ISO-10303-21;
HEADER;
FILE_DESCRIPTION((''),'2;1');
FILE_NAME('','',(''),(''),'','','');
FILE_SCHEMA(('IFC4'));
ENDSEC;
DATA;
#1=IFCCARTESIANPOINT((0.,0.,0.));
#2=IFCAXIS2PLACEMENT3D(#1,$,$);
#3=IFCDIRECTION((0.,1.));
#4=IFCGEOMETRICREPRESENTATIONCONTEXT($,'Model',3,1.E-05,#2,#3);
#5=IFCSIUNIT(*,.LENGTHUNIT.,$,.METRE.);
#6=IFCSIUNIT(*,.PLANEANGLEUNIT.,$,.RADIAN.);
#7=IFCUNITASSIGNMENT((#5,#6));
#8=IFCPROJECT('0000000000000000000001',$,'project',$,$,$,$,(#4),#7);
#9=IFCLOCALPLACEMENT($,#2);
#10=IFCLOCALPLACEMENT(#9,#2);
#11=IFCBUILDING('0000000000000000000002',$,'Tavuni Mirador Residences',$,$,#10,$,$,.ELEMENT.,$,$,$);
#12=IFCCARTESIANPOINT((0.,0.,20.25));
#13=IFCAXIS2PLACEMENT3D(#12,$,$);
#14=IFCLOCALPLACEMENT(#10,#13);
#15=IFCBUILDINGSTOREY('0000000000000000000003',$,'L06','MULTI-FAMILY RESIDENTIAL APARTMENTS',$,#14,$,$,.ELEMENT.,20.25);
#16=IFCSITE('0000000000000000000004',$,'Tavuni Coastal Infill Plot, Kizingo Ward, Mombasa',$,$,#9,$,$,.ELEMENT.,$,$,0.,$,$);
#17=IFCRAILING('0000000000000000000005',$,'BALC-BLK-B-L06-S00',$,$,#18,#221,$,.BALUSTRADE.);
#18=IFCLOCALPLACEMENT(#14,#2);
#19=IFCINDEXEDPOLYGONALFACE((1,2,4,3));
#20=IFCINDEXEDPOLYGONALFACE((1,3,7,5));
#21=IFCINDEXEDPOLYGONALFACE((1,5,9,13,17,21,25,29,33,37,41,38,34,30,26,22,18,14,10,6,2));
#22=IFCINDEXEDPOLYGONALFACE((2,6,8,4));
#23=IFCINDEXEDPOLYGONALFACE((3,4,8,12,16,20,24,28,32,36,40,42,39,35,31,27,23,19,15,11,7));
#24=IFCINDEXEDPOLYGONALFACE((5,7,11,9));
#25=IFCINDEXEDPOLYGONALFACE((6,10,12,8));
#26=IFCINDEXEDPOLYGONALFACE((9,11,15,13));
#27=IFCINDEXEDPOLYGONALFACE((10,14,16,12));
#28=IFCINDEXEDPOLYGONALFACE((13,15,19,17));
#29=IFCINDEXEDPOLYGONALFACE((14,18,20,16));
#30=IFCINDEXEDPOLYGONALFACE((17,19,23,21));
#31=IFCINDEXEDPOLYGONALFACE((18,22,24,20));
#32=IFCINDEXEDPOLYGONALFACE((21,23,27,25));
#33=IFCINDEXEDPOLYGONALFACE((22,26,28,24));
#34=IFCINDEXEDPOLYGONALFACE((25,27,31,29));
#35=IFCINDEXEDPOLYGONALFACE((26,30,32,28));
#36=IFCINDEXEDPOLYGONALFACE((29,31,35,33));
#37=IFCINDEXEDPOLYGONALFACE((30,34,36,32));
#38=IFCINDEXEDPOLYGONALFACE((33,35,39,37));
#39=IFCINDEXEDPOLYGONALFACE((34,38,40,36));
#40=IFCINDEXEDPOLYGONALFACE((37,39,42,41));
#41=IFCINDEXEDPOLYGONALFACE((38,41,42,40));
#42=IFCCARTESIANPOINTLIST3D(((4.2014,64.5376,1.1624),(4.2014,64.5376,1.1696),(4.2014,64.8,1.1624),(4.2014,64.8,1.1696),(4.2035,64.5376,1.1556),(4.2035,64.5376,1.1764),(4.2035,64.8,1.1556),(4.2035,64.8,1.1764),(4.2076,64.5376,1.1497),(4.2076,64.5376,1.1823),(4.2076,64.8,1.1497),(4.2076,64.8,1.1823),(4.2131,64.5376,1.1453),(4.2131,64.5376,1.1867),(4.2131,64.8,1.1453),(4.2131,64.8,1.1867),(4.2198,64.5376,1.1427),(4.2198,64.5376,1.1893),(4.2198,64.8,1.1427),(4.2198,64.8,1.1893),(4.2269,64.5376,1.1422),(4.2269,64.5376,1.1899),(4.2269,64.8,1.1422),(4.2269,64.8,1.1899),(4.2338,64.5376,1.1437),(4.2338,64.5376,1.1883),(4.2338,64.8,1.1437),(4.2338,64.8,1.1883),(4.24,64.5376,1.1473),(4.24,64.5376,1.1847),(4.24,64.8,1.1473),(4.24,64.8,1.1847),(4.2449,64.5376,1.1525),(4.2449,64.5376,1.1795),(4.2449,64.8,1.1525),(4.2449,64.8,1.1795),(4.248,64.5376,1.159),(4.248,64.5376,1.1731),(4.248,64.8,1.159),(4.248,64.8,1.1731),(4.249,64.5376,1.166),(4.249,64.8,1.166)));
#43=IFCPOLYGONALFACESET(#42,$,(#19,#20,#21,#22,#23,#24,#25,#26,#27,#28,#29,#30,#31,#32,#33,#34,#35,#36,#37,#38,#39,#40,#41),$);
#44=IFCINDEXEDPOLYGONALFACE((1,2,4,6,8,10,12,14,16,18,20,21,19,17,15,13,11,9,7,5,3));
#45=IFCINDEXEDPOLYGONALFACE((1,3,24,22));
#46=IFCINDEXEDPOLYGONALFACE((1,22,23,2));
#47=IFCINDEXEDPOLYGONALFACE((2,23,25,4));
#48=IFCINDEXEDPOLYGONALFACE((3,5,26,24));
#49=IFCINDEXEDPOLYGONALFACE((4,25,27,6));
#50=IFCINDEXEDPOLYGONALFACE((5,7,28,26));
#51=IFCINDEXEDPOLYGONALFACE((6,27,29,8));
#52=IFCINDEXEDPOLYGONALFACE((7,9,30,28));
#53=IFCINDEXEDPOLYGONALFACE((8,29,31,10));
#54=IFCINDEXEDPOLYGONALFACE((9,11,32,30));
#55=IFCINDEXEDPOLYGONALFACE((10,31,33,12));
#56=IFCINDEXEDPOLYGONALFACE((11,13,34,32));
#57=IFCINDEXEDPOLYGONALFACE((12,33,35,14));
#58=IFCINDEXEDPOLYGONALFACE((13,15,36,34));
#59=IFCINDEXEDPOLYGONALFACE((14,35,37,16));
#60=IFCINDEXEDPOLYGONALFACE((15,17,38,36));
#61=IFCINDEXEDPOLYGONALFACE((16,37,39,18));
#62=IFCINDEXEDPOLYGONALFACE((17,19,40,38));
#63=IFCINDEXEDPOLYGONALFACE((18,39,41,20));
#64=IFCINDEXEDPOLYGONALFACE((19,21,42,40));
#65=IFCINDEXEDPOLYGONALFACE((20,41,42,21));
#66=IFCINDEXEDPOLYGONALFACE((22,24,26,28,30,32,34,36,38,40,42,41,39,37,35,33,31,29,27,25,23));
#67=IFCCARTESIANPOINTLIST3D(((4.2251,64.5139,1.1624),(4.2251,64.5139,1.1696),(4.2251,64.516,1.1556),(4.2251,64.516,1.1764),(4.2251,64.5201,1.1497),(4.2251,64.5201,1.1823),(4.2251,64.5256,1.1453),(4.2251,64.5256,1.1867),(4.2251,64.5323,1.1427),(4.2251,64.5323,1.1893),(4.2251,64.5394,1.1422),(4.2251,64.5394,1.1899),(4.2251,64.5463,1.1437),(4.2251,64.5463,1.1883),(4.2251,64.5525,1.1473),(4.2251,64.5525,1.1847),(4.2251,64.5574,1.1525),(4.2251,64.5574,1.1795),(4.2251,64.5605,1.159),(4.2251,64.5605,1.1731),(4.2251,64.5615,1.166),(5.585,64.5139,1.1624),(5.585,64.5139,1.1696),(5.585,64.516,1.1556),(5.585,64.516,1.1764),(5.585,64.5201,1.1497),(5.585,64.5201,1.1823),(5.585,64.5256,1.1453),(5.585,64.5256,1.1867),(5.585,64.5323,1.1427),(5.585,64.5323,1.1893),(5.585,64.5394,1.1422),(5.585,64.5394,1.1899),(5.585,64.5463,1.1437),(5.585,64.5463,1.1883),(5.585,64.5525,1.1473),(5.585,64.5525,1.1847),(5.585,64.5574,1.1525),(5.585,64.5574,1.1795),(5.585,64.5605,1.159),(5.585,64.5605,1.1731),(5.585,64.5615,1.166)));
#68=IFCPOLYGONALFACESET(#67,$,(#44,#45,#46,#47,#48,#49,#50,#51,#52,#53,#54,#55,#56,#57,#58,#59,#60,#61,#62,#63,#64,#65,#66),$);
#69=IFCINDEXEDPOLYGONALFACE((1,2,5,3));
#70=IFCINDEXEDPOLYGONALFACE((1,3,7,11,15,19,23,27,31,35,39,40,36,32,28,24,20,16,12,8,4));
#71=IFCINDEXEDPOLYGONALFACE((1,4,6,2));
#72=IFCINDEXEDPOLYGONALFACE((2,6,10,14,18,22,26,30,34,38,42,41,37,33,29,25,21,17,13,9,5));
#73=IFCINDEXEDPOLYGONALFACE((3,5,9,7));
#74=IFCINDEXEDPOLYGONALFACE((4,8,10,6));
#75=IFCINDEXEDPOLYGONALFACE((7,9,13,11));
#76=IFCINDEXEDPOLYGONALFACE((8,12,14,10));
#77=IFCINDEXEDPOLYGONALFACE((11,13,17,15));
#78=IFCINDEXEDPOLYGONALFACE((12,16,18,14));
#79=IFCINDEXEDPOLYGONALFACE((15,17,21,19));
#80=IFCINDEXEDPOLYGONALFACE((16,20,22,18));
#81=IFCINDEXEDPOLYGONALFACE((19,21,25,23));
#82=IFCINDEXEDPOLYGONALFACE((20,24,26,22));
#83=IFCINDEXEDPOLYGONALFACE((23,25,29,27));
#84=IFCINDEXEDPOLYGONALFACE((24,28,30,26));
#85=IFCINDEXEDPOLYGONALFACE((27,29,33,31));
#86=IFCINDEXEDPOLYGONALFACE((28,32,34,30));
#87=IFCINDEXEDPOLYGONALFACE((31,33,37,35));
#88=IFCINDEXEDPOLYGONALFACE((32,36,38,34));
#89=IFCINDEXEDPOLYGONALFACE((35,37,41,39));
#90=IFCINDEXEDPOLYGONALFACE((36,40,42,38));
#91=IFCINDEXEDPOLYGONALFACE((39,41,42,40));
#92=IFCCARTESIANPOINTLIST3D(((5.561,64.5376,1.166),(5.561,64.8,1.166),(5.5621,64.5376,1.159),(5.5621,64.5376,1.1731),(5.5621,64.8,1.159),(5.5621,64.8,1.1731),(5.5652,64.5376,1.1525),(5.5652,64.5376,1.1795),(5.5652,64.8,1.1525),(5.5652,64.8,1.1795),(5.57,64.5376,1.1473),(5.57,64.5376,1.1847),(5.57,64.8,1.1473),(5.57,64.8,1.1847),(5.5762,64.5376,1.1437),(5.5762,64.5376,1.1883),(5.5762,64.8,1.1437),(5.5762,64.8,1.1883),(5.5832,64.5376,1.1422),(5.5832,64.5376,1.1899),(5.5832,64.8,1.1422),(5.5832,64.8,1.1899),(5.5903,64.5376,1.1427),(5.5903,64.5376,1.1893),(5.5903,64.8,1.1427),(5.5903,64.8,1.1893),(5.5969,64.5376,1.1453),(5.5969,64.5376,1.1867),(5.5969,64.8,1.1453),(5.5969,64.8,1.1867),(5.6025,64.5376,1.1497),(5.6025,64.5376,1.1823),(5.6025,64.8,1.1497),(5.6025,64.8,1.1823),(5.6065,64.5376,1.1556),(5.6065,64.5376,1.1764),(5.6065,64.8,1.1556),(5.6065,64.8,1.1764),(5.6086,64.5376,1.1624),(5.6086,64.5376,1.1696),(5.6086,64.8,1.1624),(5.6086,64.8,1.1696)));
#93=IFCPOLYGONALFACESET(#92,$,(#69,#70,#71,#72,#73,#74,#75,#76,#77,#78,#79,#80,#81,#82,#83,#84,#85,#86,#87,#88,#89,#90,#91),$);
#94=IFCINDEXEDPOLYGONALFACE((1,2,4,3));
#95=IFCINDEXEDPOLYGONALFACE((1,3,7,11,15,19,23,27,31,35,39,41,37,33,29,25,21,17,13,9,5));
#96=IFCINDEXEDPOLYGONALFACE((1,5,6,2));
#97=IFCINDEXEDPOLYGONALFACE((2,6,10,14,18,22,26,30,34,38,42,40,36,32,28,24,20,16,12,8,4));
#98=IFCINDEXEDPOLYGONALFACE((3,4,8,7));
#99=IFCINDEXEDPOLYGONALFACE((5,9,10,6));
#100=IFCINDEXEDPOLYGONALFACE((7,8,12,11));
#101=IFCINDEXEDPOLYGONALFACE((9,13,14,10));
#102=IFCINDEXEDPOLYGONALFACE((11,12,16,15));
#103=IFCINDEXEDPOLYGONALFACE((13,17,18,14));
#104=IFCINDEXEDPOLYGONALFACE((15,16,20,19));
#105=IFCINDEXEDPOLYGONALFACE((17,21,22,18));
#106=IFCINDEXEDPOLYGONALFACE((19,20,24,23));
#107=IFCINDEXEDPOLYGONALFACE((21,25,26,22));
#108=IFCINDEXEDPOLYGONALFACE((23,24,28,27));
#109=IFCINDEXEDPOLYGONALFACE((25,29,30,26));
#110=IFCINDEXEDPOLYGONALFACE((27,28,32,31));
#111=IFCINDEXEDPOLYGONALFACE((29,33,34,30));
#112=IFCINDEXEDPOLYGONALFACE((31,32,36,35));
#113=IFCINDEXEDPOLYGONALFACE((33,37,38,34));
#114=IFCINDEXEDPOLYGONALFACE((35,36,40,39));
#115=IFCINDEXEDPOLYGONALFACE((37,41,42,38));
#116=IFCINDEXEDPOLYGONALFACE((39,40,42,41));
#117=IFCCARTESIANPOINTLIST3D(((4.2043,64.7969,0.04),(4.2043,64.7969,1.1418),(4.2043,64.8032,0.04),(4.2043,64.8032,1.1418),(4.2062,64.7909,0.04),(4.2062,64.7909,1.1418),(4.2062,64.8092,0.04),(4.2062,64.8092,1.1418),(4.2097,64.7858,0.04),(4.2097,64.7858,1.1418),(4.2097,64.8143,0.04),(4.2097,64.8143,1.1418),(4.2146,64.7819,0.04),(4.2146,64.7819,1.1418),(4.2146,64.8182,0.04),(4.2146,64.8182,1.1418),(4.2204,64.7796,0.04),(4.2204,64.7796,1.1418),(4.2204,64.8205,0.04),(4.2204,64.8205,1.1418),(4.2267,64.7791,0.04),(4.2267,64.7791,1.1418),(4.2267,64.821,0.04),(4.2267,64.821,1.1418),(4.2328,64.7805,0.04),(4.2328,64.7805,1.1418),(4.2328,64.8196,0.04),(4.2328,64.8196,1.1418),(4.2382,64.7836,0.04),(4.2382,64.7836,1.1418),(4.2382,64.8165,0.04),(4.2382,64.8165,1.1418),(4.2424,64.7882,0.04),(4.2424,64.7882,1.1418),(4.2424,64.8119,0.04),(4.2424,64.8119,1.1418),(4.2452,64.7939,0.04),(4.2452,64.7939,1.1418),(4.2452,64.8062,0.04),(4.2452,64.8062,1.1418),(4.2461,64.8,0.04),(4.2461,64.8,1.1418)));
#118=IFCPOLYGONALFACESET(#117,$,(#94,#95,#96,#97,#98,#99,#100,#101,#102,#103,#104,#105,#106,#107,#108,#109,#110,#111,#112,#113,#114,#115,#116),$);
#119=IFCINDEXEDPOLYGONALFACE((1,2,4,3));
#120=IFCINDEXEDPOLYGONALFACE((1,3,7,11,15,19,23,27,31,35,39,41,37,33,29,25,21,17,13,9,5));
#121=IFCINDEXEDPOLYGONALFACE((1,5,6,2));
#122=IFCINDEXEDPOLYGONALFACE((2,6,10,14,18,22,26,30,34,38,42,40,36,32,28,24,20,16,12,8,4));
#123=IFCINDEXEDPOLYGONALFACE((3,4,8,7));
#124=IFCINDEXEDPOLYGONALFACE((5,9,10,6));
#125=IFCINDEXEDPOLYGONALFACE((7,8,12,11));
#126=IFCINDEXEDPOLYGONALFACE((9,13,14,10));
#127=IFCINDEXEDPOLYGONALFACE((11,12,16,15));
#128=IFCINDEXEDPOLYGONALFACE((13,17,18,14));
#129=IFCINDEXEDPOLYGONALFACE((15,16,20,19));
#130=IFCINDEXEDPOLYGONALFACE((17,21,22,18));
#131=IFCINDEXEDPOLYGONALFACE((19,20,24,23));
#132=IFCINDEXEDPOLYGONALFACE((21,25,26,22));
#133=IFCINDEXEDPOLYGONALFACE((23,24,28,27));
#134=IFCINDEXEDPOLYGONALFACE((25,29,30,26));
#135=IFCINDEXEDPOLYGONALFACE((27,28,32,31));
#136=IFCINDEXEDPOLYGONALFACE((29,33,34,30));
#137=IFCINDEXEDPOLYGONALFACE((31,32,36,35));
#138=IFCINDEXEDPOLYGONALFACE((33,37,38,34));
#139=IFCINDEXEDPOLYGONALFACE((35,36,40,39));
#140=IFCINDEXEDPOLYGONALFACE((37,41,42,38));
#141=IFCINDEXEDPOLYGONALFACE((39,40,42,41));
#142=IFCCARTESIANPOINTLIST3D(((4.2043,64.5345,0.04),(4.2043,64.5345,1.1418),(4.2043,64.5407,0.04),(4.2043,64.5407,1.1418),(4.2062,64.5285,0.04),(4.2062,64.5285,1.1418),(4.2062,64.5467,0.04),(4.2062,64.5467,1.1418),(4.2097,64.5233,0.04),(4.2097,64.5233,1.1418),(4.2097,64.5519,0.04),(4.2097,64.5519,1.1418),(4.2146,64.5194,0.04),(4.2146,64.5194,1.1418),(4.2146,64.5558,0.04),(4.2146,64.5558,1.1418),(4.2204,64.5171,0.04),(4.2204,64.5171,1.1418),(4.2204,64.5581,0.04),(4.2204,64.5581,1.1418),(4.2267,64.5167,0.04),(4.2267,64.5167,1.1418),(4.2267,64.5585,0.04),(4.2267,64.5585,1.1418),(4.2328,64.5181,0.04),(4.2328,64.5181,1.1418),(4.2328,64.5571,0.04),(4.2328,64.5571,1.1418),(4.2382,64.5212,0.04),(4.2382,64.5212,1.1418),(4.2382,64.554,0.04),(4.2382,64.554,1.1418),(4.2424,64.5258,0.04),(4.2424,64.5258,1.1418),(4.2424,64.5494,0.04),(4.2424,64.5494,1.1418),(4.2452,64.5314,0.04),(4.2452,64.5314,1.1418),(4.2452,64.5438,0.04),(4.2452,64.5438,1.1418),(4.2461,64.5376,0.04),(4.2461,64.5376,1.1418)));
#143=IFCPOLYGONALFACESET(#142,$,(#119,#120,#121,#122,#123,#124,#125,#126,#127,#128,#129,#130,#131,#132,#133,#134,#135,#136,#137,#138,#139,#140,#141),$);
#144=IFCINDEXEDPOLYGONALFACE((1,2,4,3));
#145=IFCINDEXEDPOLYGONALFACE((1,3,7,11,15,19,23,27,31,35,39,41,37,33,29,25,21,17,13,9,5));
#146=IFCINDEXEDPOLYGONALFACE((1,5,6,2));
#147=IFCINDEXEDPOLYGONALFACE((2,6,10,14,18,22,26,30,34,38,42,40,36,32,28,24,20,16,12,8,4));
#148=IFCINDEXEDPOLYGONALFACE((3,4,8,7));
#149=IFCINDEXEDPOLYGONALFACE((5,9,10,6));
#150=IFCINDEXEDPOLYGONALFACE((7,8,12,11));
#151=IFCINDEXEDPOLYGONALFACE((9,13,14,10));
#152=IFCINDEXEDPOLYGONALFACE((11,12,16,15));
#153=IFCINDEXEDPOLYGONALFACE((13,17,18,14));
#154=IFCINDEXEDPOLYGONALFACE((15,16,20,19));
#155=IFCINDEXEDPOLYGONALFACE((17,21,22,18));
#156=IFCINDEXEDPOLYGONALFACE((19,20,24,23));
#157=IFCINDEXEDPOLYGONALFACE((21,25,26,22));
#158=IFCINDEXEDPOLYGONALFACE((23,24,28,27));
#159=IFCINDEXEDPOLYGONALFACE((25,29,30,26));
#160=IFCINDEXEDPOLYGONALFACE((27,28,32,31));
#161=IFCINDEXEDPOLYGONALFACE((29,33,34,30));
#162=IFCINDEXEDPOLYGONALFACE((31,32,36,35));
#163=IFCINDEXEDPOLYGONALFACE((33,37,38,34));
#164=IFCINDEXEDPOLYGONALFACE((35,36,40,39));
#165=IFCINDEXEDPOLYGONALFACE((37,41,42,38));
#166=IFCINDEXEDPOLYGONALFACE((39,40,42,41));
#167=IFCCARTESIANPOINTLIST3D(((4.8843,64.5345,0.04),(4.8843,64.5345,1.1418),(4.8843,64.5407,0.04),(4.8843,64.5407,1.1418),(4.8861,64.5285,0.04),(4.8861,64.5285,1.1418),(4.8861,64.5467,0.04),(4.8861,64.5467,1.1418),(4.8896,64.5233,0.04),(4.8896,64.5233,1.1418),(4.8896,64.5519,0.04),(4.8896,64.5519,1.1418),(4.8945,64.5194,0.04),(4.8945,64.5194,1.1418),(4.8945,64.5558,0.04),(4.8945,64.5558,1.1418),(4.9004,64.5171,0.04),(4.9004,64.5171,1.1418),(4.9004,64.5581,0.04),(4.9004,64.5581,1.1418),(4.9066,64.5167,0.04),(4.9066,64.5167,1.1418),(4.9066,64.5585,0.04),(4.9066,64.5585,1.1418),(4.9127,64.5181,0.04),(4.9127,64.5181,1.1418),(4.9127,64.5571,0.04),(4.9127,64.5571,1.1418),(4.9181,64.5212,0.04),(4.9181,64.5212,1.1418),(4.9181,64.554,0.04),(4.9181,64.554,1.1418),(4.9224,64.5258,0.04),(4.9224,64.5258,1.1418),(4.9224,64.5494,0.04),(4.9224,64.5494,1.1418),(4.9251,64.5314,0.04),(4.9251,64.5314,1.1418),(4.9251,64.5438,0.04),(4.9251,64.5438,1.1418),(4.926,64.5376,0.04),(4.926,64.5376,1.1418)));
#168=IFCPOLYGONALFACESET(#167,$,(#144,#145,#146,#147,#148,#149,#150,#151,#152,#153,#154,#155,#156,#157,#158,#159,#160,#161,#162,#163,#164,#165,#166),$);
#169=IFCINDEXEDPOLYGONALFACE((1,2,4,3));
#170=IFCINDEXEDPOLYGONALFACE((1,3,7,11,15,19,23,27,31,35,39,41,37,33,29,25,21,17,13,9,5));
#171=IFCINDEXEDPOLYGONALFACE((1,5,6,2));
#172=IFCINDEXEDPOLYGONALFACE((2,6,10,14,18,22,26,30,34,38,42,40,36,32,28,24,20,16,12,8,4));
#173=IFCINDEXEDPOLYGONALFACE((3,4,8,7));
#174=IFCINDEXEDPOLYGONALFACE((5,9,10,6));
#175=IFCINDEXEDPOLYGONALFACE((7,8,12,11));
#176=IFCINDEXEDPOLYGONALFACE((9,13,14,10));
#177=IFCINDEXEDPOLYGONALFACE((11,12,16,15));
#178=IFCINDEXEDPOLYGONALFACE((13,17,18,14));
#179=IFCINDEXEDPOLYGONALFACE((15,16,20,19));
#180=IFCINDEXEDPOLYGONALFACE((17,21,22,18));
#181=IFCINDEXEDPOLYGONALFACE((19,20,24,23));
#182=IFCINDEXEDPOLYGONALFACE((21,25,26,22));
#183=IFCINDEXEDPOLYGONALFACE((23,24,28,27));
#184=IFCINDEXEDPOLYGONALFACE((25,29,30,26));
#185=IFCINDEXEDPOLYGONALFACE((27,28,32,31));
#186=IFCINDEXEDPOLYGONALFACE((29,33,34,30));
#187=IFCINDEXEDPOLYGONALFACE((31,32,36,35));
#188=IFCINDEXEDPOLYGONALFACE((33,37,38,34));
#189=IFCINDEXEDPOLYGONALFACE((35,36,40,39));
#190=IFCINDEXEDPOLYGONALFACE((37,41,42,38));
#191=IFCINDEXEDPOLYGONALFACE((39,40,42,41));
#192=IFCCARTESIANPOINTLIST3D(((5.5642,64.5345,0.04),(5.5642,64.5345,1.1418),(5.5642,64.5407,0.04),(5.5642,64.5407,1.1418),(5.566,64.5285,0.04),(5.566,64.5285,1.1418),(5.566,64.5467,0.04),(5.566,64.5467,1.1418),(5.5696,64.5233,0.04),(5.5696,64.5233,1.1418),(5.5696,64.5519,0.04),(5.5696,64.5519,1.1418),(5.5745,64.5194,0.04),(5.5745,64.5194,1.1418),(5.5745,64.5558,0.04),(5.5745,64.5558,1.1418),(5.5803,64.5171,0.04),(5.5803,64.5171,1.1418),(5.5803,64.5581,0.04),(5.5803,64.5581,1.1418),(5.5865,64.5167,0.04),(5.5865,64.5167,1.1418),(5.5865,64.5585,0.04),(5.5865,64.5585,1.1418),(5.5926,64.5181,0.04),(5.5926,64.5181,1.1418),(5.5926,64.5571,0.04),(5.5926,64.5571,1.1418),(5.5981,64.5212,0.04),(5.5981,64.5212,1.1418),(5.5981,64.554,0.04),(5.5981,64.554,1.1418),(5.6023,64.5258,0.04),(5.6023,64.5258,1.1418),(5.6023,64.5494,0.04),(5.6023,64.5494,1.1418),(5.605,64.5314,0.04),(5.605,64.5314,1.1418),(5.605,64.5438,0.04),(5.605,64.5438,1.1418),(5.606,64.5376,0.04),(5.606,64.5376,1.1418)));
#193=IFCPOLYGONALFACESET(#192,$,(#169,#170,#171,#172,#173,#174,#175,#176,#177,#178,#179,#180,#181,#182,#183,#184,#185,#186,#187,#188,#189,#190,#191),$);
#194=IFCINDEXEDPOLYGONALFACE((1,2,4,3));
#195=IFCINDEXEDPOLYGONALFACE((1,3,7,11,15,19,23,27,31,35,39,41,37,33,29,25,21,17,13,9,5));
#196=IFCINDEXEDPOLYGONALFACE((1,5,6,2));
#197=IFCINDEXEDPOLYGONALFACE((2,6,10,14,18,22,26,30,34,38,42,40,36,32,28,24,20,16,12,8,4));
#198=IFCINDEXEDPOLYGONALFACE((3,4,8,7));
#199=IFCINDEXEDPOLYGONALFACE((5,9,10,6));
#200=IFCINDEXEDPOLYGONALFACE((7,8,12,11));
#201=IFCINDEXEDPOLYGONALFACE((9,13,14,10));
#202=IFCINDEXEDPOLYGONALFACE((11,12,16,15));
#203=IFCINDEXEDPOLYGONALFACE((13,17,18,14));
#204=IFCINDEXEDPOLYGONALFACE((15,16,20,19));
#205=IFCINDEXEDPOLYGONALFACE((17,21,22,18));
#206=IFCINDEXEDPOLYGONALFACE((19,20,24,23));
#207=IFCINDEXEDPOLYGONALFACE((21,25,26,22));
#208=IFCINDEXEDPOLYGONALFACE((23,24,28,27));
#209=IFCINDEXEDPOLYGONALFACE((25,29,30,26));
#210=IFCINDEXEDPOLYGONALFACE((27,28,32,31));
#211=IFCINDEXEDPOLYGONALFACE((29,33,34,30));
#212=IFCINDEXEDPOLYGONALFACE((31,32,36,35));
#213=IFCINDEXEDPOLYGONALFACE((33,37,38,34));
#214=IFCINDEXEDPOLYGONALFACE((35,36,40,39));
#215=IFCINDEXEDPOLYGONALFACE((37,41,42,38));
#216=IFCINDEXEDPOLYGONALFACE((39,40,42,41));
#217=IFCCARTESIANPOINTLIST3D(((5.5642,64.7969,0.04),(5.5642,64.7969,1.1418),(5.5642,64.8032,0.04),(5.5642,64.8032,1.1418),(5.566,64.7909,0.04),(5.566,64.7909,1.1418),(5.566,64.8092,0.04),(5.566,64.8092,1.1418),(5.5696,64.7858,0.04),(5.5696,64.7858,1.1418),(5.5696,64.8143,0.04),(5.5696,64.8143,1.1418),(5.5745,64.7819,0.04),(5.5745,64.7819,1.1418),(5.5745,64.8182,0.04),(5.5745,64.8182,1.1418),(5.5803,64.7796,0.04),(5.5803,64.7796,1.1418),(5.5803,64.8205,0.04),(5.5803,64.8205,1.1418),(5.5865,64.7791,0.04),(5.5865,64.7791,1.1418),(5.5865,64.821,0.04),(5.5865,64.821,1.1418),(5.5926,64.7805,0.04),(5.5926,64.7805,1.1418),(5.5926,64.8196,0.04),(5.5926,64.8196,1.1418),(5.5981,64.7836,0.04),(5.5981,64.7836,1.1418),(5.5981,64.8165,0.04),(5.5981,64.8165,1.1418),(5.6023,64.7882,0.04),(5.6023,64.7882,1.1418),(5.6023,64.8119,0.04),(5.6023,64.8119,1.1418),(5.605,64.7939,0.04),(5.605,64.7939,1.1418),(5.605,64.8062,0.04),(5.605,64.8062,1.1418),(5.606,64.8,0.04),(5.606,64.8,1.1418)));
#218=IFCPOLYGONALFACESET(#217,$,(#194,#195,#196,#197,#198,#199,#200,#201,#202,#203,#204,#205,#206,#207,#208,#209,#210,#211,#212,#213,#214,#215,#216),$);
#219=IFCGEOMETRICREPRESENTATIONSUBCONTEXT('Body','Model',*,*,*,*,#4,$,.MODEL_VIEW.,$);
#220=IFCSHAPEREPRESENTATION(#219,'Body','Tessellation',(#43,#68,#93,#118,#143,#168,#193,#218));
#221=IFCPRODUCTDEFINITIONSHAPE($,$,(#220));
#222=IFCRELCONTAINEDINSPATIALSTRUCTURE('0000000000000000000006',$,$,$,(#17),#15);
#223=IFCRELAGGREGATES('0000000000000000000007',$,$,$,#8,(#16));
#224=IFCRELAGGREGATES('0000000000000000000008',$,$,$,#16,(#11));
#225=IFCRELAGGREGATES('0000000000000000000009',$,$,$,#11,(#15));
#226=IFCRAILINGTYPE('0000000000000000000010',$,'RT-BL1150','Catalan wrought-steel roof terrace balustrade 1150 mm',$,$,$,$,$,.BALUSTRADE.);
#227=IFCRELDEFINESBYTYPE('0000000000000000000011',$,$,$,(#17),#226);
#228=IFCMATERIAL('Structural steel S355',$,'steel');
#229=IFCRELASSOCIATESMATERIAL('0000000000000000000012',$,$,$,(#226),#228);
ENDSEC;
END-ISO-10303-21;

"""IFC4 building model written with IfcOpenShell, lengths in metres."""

from ifc_helpers import new_model, si_unit, direction, frame, origin, origin_2d, place, context, subcontext, project, spatial, circle, extrude, material, type_object, element, save


model = new_model("IFC4")

# Units and contexts
model_context = context("Model", 3, precision=1e-05, world=origin(), true_north=direction((0.0, 1.0)))
body_context = subcontext(model_context, "Body", "Model", "MODEL_VIEW")
ifc_project = project(units=[si_unit("LENGTHUNIT", "METRE"), si_unit("PLANEANGLEUNIT", "RADIAN")], contexts=[model_context])

# Site, building, storey
site_placement = place(None, origin())
site = spatial("IfcSite", under=ifc_project, at=site_placement, Name="Tavuni Coastal Infill Plot, Kizingo Ward, Mombasa", CompositionType="ELEMENT", RefElevation=0.0)
building_placement = place(site_placement, origin())
building = spatial("IfcBuilding", under=site, at=building_placement, Name="Tavuni Mirador Residences", CompositionType="ELEMENT")
storey_placement = place(building_placement, frame((0.0, 0.0, 20.25)))
storey = spatial("IfcBuildingStorey", under=building, at=storey_placement, Name="L06", Description="MULTI-FAMILY RESIDENTIAL APARTMENTS", CompositionType="ELEMENT", Elevation=20.25)

# Shared definitions
ifc_material_1 = material(Name="Structural steel S355", Category="steel")

# Railing
railing_type = type_object("IfcRailingType", Name="RT-BL1150", Description="Catalan wrought-steel roof terrace balustrade 1150 mm", PredefinedType="BALUSTRADE", material=ifc_material_1)
railing_placement = place(storey_placement, frame((4.2251, 64.8, 0.04)))
element("IfcRailing", 1, at=railing_placement, inside=storey, type_object=railing_type, Name="BALC-BLK-B-L06-S00", PredefinedType="BALUSTRADE", context=body_context, shape_type="SweptSolid", body=[
    extrude(circle(Radius=0.0239, at=origin_2d()), frame((0.0, 0.0, 1.126), z_axis=(0.0, -1.0, 0.0), x_axis=(1.0, 0.0, 0.0)), (0.0, 0.0, 1.0), 0.2625),
    extrude(circle(Radius=0.0239, at=origin_2d()), frame((0.0, -0.2625, 1.126), z_axis=(1.0, 0.0, 0.0), x_axis=(0.0, 1.0, 0.0)), (0.0, 0.0, 1.0), 1.3599),
    extrude(circle(Radius=0.0239, at=origin_2d()), frame((1.3599, -0.2625, 1.126), z_axis=(0.0, 1.0, 0.0), x_axis=(-1.0, 0.0, 0.0)), (0.0, 0.0, 1.0), 0.2625),
    extrude(circle(Radius=0.021, at=origin_2d()), origin(), (0.0, 0.0, 1.0), 1.1018),
    extrude(circle(Radius=0.021, at=origin_2d()), frame((0.0, -0.2625, 0.0)), (0.0, 0.0, 1.0), 1.1018),
    extrude(circle(Radius=0.021, at=origin_2d()), frame((0.6799, -0.2625, 0.0)), (0.0, 0.0, 1.0), 1.1018),
    extrude(circle(Radius=0.021, at=origin_2d()), frame((1.3599, -0.2625, 0.0)), (0.0, 0.0, 1.0), 1.1018),
    extrude(circle(Radius=0.021, at=origin_2d()), frame((1.3599, 0.0, 0.0)), (0.0, 0.0, 1.0), 1.1018),
])

save(model, "model.ifc")
